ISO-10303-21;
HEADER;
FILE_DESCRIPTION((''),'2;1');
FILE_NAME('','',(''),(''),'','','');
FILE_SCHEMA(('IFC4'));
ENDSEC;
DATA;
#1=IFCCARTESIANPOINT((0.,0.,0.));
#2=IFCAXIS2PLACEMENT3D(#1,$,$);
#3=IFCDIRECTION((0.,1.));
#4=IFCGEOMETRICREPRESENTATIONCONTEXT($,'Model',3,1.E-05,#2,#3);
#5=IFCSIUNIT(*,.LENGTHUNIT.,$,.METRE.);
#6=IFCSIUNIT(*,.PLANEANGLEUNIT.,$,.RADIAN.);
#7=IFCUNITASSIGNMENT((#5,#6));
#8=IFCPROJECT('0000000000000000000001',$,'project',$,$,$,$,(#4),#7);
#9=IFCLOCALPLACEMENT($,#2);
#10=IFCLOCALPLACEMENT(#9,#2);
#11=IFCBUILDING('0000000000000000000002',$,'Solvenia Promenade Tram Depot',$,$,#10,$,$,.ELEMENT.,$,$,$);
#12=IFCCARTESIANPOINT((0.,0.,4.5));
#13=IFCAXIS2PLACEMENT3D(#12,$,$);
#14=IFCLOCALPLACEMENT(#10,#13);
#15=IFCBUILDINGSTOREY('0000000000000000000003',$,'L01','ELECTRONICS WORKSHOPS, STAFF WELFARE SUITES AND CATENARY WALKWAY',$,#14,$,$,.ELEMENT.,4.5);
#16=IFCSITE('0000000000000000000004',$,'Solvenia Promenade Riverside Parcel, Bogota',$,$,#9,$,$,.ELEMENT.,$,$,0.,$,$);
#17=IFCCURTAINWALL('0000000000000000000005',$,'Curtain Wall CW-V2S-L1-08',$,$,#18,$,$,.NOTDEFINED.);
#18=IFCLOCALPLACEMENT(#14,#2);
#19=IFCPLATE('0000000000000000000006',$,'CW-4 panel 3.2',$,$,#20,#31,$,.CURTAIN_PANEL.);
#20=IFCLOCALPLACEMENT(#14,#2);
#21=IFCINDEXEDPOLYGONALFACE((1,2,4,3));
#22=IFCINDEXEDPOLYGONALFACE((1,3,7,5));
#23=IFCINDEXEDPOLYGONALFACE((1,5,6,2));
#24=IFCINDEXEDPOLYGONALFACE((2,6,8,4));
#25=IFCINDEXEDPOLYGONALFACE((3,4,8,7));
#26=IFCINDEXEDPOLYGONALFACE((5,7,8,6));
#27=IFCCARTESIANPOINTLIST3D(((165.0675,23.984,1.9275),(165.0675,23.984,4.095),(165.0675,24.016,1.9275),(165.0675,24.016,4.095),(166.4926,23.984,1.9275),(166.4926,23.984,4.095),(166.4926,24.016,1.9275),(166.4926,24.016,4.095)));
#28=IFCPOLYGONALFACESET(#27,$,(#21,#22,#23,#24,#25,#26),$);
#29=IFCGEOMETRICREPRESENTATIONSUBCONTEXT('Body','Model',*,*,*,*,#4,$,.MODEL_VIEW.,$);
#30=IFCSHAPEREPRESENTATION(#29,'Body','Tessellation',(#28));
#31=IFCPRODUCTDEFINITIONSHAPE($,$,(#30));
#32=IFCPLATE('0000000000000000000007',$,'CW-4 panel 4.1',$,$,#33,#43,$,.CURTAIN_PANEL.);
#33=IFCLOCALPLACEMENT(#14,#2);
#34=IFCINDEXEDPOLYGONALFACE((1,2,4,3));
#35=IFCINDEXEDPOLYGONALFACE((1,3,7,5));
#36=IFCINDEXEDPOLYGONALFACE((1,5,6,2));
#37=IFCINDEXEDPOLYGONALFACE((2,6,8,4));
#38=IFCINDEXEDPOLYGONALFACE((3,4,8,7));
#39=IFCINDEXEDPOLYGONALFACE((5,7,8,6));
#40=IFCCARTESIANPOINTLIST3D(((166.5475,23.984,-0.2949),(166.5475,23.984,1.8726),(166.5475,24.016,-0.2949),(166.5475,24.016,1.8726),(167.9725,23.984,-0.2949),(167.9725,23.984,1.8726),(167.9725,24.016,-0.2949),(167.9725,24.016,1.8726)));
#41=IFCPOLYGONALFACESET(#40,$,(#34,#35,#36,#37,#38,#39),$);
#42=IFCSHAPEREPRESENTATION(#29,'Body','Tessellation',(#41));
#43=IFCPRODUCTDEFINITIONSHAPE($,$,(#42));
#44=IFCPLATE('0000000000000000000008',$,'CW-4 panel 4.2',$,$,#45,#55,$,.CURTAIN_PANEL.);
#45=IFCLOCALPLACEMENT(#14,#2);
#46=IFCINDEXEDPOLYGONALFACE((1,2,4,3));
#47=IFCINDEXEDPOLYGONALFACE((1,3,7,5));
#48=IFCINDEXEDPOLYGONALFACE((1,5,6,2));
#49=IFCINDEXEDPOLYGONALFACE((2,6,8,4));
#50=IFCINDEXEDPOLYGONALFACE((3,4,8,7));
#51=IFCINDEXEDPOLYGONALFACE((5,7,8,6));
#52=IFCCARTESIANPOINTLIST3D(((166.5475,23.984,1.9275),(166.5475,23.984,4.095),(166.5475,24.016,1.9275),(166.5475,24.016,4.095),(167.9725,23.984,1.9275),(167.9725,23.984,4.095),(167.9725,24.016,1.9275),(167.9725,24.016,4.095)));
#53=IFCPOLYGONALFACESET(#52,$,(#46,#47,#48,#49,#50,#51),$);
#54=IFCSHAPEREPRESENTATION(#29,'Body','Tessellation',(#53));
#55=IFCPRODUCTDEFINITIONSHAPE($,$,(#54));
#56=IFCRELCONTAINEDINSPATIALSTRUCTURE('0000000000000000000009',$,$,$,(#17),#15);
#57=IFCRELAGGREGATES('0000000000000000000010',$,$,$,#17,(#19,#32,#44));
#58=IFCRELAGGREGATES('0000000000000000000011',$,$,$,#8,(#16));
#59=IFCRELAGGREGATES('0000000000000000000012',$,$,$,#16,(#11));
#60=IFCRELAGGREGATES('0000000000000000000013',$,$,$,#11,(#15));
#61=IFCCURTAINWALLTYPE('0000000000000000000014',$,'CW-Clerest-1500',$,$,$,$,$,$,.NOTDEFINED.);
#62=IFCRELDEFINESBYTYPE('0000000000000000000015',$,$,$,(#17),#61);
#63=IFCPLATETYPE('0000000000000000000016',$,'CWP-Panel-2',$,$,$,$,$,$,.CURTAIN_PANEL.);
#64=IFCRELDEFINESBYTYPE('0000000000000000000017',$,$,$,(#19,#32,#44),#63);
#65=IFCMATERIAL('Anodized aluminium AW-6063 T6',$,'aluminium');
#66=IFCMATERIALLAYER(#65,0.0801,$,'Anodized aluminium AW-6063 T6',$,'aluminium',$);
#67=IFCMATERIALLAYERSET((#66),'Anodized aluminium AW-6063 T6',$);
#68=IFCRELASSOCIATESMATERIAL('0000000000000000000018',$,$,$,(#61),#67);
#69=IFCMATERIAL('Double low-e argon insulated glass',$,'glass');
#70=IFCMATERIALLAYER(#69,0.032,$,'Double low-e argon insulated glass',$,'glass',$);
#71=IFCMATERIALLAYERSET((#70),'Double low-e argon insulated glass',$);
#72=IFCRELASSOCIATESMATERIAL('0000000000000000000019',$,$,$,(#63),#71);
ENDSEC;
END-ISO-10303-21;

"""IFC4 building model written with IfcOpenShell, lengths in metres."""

from ifc_helpers import new_model, si_unit, direction, frame, origin, origin_2d, place, context, subcontext, project, spatial, rectangle, extrude, material, layer, layer_set, type_object, element, aggregate, save


model = new_model("IFC4")

# Units and contexts
model_context = context("Model", 3, precision=1e-05, world=origin(), true_north=direction((0.0, 1.0)))
body_context = subcontext(model_context, "Body", "Model", "MODEL_VIEW")
ifc_project = project(units=[si_unit("LENGTHUNIT", "METRE"), si_unit("PLANEANGLEUNIT", "RADIAN")], contexts=[model_context])

# Site, building, storey
site_placement = place(None, origin())
site = spatial("IfcSite", under=ifc_project, at=site_placement, Name="Solvenia Promenade Riverside Parcel, Bogota", CompositionType="ELEMENT", RefElevation=0.0)
building_placement = place(site_placement, origin())
building = spatial("IfcBuilding", under=site, at=building_placement, Name="Solvenia Promenade Tram Depot", CompositionType="ELEMENT")
storey_placement = place(building_placement, frame((0.0, 0.0, 4.5)))
storey = spatial("IfcBuildingStorey", under=building, at=storey_placement, Name="L01", Description="ELECTRONICS WORKSHOPS, STAFF WELFARE SUITES AND CATENARY WALKWAY", CompositionType="ELEMENT", Elevation=4.5)

# Curtain wall, plates
ifc_material_1 = material(Name="Anodized aluminium AW-6063 T6", Category="aluminium")
ifc_layer_1 = layer(ifc_material_1, 0.0801, Name="Anodized aluminium AW-6063 T6", Category="aluminium")
ifc_layer_set_1 = layer_set([ifc_layer_1], Name="Anodized aluminium AW-6063 T6")
curtain_wall_type = type_object("IfcCurtainWallType", Name="CW-Clerest-1500", PredefinedType="NOTDEFINED", material=ifc_layer_set_1)
curtain_wall_placement = place(storey_placement, origin())
curtain_wall = element("IfcCurtainWall", 1, at=curtain_wall_placement, inside=storey, type_object=curtain_wall_type, Name="Curtain Wall CW-V2S-L1-08", PredefinedType="NOTDEFINED")
ifc_material_2 = material(Name="Double low-e argon insulated glass", Category="glass")
ifc_layer_2 = layer(ifc_material_2, 0.032, Name="Double low-e argon insulated glass", Category="glass")
ifc_layer_set_2 = layer_set([ifc_layer_2], Name="Double low-e argon insulated glass")
plate_type = type_object("IfcPlateType", Name="CWP-Panel-2", PredefinedType="CURTAIN_PANEL", material=ifc_layer_set_2)
plate_1_placement = place(storey_placement, frame((165.78, 24.0, 1.9275), z_axis=(0.0, 0.0, 1.0), x_axis=(1.0, 0.0, 0.0)))
plate_1 = element("IfcPlate", 2, at=plate_1_placement, type_object=plate_type, Name="CW-4 panel 3.2", PredefinedType="CURTAIN_PANEL", context=body_context, shape_type="SweptSolid", body=[
    extrude(rectangle(XDim=1.425, YDim=0.032, at=origin_2d()), origin(), (0.0, 0.0, 1.0), 2.1675),
])
plate_2_placement = place(storey_placement, frame((167.26, 24.0, -0.2949), z_axis=(0.0, 0.0, 1.0), x_axis=(1.0, 0.0, 0.0)))
plate_2 = element("IfcPlate", 3, at=plate_2_placement, type_object=plate_type, Name="CW-4 panel 4.1", PredefinedType="CURTAIN_PANEL", context=body_context, shape_type="SweptSolid", body=[
    extrude(rectangle(XDim=1.425, YDim=0.032, at=origin_2d()), origin(), (0.0, 0.0, 1.0), 2.1675),
])
plate_3_placement = place(storey_placement, frame((167.26, 24.0, 1.9275), z_axis=(0.0, 0.0, 1.0), x_axis=(1.0, 0.0, 0.0)))
plate_3 = element("IfcPlate", 4, at=plate_3_placement, type_object=plate_type, Name="CW-4 panel 4.2", PredefinedType="CURTAIN_PANEL", context=body_context, shape_type="SweptSolid", body=[
    extrude(rectangle(XDim=1.425, YDim=0.032, at=origin_2d()), origin(), (0.0, 0.0, 1.0), 2.1675),
])
aggregate(curtain_wall, [plate_1, plate_2, plate_3])

save(model, "model.ifc")
